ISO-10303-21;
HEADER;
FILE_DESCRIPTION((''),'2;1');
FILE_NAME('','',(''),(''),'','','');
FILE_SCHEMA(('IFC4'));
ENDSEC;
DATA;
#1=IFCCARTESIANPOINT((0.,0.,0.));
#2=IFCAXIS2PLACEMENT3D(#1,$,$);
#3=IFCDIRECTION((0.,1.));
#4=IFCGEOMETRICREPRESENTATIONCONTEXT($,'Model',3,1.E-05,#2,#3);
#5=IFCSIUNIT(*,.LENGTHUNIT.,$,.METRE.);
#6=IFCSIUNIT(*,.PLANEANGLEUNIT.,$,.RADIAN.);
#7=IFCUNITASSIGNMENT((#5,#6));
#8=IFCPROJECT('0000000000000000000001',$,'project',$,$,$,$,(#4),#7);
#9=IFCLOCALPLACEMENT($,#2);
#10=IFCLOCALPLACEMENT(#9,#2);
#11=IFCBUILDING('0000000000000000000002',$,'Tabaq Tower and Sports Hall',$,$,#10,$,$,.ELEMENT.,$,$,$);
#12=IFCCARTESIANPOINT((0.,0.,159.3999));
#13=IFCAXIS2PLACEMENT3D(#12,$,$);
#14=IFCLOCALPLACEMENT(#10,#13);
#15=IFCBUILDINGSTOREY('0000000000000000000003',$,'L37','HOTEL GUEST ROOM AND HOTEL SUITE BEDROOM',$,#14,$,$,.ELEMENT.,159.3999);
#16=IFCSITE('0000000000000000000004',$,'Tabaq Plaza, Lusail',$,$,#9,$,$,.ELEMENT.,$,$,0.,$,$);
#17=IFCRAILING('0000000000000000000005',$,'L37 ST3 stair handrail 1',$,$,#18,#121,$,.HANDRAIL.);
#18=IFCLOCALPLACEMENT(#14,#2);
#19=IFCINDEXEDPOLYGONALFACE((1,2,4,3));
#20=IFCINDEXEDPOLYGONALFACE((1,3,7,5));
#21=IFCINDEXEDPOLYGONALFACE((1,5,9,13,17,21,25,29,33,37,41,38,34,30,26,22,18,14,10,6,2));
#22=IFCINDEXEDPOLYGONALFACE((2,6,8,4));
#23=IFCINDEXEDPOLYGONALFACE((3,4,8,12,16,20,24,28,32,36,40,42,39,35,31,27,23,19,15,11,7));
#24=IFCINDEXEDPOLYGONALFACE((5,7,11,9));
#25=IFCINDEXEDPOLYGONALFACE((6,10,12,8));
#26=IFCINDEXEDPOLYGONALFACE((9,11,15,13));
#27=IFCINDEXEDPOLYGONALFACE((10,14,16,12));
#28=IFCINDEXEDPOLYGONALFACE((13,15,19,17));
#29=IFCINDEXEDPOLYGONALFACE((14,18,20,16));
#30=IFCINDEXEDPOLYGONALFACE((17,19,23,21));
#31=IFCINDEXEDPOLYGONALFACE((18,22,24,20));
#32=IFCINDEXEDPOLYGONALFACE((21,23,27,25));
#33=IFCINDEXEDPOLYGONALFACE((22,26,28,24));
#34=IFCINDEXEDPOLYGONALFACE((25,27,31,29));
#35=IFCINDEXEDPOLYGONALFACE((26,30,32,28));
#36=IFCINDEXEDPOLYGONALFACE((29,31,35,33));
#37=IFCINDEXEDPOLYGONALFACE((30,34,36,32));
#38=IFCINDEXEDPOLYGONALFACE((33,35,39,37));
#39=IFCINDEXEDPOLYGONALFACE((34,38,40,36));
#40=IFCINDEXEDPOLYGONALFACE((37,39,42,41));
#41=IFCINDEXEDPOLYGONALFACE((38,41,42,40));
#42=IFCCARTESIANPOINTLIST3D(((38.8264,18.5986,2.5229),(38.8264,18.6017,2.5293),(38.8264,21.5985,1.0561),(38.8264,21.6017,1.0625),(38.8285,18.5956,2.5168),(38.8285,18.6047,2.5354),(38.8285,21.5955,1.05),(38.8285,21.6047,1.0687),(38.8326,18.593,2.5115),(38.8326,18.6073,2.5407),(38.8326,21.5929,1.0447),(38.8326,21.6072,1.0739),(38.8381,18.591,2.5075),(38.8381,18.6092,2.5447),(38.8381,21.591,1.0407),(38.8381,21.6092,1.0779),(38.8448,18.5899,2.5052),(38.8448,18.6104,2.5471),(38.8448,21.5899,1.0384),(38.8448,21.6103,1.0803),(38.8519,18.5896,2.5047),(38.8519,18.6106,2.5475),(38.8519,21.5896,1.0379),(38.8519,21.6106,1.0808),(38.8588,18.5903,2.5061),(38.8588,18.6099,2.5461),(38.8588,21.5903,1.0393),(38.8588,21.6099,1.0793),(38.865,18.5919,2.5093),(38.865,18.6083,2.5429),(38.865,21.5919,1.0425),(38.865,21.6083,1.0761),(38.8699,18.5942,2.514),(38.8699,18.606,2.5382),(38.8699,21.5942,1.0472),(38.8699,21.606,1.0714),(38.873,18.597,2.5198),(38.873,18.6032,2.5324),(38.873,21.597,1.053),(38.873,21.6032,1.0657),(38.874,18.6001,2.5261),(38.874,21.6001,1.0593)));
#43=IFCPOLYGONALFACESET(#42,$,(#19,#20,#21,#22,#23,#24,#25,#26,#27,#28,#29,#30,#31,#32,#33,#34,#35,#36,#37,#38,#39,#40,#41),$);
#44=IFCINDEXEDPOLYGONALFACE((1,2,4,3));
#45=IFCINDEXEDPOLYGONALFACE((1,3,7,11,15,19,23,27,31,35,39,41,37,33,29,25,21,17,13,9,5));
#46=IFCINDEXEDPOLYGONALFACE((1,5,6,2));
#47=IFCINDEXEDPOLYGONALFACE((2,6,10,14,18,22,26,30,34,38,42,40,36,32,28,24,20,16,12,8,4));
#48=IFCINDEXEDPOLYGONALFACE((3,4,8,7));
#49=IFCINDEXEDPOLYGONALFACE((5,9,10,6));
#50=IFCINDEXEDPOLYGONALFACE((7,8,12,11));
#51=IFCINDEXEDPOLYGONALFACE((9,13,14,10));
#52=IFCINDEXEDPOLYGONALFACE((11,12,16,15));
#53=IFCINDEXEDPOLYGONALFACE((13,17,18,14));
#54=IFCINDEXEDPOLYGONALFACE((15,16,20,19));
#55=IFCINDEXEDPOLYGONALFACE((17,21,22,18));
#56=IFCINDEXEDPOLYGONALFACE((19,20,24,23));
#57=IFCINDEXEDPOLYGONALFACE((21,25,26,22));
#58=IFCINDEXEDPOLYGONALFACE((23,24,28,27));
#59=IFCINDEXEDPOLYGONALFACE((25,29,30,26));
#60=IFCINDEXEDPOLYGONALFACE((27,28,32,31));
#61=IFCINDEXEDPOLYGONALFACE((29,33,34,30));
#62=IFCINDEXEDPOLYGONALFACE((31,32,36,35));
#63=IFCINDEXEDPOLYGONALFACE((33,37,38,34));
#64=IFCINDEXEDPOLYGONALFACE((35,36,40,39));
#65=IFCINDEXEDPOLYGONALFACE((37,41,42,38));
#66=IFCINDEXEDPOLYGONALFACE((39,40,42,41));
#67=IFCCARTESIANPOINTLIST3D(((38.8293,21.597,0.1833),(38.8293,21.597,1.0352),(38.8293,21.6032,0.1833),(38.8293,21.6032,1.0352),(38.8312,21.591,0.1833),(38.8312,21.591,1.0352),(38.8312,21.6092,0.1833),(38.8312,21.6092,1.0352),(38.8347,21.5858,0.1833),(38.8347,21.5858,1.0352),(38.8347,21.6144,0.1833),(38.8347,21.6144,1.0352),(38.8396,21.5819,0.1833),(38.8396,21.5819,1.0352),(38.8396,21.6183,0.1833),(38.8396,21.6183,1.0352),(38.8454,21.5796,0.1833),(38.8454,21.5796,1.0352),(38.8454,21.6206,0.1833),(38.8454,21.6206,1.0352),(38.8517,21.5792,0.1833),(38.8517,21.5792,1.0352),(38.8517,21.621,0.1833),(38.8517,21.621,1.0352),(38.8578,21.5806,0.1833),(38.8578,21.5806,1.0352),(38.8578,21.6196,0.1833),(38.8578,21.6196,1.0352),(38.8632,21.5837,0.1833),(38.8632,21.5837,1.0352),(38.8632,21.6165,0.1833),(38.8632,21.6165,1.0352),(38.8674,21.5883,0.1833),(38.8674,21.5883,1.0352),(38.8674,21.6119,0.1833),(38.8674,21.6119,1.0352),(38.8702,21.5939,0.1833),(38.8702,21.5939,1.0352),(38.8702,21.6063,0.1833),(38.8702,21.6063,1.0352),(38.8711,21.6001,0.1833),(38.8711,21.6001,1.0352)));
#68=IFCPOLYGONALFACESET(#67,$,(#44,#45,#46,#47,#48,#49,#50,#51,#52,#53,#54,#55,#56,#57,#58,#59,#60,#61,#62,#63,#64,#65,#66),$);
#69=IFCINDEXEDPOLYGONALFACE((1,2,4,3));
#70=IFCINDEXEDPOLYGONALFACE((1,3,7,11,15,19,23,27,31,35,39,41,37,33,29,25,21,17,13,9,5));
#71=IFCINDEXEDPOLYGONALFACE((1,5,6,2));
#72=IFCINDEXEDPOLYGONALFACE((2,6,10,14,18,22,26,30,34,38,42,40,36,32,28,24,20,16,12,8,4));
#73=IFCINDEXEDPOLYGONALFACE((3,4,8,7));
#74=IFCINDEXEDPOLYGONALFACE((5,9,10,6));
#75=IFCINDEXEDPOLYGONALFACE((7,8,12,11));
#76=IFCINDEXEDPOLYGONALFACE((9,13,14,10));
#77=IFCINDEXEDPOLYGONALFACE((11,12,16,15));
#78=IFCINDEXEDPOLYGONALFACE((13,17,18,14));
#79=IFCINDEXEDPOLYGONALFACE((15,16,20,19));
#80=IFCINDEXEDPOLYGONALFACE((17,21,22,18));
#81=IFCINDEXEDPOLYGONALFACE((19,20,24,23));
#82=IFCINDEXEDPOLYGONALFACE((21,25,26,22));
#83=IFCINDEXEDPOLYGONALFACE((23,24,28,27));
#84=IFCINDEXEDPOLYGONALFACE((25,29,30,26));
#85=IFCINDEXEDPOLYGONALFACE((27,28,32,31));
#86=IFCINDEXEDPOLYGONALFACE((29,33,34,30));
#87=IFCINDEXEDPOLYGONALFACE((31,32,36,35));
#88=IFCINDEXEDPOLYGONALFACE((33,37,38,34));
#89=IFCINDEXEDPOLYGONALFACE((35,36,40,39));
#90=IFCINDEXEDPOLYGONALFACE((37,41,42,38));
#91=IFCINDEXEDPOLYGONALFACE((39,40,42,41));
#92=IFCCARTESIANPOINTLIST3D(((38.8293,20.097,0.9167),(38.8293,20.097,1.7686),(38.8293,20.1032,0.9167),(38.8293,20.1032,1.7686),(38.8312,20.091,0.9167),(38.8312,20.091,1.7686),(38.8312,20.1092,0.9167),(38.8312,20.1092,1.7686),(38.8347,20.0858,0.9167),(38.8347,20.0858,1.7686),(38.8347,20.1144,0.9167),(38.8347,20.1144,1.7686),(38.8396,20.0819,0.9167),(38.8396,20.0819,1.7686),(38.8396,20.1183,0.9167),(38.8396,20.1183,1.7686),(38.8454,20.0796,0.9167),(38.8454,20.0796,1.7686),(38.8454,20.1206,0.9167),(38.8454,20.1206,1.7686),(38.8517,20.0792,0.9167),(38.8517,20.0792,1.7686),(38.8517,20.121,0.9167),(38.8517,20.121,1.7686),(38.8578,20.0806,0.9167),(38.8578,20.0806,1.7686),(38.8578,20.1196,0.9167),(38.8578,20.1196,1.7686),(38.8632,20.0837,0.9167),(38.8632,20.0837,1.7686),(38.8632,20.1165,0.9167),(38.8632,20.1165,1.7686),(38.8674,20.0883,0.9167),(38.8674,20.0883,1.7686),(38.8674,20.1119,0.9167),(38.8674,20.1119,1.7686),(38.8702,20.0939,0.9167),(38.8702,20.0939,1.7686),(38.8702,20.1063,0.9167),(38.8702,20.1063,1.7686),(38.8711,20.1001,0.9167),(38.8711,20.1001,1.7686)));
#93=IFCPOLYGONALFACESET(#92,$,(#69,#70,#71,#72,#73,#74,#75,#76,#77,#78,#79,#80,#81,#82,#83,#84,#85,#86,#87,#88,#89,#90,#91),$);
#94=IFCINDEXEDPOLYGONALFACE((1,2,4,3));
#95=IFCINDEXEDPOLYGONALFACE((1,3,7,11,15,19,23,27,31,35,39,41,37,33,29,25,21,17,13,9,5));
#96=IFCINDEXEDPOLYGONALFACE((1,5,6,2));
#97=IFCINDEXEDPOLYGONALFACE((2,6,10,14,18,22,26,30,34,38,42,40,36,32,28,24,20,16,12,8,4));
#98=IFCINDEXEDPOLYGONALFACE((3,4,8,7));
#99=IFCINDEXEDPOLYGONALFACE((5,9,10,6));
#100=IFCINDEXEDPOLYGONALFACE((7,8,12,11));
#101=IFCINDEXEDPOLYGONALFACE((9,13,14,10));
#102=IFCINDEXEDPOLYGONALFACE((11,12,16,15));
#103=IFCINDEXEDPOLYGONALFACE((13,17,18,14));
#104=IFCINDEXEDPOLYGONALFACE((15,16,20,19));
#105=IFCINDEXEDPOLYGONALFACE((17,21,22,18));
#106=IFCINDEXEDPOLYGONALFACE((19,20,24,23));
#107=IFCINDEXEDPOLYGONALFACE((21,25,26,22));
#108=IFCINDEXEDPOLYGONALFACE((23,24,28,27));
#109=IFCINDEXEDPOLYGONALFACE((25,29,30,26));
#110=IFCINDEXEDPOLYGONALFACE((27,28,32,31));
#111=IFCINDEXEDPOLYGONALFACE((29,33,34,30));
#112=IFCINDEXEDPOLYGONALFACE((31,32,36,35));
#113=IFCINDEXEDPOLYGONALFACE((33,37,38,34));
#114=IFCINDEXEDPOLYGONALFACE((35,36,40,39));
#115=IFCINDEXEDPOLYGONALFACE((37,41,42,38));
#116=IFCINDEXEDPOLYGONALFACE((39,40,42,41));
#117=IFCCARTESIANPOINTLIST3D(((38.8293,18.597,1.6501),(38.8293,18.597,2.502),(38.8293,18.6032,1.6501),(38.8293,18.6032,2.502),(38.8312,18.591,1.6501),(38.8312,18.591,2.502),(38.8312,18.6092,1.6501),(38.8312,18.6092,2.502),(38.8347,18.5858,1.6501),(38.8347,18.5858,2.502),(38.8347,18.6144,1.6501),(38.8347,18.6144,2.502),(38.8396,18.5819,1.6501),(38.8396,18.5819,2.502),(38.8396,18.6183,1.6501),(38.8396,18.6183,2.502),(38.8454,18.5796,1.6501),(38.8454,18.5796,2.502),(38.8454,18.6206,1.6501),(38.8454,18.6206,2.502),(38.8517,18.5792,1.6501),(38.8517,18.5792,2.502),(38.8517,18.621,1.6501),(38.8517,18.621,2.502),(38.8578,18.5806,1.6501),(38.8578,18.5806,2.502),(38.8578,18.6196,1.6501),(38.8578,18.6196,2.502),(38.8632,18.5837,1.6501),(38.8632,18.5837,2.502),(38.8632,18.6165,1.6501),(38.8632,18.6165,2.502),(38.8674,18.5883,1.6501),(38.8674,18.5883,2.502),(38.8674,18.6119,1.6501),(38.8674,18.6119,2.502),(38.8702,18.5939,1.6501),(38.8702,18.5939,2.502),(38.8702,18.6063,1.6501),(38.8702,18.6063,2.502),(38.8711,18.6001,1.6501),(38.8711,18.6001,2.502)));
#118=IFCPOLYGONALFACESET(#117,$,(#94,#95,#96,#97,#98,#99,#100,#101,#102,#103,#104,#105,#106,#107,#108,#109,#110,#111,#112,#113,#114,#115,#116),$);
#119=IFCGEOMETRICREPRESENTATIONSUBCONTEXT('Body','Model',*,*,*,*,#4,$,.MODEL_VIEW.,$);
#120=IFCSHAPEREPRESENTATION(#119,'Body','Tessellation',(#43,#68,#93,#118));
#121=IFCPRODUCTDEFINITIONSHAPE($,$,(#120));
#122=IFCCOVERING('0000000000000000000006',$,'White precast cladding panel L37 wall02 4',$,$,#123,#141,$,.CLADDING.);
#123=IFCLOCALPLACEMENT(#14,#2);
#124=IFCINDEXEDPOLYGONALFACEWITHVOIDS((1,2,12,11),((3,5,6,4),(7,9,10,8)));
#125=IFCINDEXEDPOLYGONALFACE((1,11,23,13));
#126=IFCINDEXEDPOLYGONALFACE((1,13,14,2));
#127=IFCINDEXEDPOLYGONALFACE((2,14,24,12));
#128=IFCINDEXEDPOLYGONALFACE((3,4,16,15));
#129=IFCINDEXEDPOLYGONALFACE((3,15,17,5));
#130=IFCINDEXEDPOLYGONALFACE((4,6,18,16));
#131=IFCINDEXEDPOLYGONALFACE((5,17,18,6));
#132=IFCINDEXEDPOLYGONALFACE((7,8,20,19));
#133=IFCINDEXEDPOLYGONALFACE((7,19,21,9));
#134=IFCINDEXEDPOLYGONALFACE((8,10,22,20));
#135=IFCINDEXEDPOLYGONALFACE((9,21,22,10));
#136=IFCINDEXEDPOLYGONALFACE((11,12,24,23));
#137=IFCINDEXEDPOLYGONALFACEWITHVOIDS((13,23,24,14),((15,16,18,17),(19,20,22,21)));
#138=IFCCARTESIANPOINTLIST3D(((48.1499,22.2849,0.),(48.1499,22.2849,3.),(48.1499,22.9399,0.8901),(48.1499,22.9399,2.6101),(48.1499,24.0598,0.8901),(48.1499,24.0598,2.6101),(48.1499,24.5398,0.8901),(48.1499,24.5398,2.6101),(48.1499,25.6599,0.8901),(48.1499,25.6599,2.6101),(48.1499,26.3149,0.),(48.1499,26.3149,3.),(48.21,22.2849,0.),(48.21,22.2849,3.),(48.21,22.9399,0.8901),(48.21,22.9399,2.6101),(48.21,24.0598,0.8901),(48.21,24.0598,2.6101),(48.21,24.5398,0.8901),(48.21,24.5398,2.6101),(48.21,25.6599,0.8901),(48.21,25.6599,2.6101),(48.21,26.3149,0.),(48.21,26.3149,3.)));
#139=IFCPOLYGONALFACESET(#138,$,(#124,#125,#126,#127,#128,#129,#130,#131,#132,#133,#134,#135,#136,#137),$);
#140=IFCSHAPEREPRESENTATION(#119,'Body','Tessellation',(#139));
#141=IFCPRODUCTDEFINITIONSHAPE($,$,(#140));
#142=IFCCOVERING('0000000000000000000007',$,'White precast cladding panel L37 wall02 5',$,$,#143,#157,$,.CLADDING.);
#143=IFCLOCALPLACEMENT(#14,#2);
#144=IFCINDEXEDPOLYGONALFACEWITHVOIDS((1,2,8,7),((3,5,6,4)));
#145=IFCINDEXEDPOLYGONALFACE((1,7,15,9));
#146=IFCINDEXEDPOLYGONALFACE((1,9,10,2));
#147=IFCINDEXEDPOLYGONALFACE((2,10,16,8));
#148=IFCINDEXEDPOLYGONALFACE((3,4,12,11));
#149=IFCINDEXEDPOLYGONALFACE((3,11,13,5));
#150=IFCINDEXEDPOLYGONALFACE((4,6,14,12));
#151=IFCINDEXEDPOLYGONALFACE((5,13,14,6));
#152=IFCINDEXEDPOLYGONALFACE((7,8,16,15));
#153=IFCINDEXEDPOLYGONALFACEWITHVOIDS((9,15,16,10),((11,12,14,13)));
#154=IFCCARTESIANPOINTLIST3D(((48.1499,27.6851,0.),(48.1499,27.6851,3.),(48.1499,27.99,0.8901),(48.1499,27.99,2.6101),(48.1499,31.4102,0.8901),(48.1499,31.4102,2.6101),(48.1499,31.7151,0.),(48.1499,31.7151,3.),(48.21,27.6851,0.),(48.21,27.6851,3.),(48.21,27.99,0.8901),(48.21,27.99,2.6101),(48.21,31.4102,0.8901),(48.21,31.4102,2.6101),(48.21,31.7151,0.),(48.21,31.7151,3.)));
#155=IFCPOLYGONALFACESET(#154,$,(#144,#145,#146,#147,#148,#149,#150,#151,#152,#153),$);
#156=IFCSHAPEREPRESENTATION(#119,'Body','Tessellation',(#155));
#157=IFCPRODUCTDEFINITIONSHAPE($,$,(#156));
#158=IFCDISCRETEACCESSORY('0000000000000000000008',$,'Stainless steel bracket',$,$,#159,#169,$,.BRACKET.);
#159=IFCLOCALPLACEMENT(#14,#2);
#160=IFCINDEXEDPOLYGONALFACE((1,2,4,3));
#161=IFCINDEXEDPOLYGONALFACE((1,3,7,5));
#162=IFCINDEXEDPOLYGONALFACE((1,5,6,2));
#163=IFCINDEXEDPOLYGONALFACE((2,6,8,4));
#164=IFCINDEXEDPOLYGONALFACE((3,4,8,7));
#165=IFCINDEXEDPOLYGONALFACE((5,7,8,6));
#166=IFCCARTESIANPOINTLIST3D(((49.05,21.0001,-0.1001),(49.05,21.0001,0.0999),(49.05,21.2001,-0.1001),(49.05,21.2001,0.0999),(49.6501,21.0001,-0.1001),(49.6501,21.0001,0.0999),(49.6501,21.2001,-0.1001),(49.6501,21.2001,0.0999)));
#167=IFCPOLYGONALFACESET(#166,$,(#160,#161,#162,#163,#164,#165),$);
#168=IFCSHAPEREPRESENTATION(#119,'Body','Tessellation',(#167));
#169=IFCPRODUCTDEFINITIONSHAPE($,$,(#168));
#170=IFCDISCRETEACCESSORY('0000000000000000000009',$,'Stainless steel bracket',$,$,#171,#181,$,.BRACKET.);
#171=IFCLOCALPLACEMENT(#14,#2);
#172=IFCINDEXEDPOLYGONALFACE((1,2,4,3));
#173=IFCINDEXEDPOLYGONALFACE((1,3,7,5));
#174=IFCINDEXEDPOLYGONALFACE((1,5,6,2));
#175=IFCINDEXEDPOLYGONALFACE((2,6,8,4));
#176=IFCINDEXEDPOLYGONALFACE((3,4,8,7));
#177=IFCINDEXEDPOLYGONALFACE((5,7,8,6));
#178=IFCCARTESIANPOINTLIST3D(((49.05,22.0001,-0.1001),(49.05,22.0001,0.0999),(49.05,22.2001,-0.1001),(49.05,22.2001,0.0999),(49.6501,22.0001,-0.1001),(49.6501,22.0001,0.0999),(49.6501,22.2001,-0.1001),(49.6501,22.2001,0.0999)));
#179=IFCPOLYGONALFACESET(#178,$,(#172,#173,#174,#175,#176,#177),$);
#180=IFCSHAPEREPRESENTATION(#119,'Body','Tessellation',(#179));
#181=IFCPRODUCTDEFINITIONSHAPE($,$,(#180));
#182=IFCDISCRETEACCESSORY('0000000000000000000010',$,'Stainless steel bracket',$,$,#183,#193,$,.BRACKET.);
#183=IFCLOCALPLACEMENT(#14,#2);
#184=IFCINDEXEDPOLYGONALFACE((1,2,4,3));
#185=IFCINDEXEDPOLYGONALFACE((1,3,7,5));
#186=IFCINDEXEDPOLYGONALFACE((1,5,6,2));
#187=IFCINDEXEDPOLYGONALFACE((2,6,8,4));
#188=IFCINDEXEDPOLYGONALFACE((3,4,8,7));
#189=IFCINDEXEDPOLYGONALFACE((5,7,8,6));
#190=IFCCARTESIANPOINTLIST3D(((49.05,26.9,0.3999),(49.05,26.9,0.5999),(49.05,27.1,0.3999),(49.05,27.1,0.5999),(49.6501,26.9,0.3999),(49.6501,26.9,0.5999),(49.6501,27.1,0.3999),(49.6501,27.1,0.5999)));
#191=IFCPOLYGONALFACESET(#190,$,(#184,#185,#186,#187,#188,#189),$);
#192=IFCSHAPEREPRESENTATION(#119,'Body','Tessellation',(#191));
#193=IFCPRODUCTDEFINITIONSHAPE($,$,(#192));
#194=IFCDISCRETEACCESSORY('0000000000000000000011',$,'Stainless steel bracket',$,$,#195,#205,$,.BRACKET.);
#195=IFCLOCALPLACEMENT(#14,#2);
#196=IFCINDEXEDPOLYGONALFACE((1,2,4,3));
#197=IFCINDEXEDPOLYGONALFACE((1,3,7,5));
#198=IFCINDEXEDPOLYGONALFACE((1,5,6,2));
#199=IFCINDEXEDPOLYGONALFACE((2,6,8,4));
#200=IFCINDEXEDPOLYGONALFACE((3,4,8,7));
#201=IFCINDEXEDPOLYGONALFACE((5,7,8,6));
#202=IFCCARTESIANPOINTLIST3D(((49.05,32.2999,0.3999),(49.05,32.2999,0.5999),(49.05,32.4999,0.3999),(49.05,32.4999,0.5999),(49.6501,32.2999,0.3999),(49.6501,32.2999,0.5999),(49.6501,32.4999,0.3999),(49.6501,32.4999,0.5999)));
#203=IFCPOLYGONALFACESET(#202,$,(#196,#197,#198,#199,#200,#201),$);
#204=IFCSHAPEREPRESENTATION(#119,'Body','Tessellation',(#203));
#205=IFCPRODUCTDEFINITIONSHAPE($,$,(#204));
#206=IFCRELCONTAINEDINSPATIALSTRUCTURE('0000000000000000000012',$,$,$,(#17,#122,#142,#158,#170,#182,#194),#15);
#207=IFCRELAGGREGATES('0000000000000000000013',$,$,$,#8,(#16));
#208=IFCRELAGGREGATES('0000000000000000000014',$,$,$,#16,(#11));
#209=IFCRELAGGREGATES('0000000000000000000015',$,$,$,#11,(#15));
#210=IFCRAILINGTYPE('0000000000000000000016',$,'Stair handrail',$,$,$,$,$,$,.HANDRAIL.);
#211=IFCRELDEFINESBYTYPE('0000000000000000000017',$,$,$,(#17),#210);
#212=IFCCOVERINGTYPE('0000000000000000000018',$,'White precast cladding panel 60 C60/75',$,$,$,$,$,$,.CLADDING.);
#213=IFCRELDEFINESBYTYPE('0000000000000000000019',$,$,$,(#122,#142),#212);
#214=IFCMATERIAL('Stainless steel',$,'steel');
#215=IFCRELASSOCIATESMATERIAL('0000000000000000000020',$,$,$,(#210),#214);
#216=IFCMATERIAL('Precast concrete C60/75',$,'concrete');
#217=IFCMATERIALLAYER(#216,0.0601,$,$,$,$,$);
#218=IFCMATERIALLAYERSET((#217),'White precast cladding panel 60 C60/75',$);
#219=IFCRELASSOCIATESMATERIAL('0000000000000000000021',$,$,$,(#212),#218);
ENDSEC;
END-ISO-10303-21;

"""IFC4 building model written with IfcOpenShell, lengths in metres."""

from ifc_helpers import new_model, si_unit, direction, frame, origin, origin_2d, place, context, subcontext, project, spatial, polyline, rectangle, circle, outline, extrude, material, layer, layer_set, type_object, element, save


model = new_model("IFC4")

# Units and contexts
model_context = context("Model", 3, precision=1e-05, world=origin(), true_north=direction((0.0, 1.0)))
body_context = subcontext(model_context, "Body", "Model", "MODEL_VIEW")
ifc_project = project(units=[si_unit("LENGTHUNIT", "METRE"), si_unit("PLANEANGLEUNIT", "RADIAN")], contexts=[model_context])

# Site, building, storey
site_placement = place(None, origin())
site = spatial("IfcSite", under=ifc_project, at=site_placement, Name="Tabaq Plaza, Lusail", CompositionType="ELEMENT", RefElevation=0.0)
building_placement = place(site_placement, origin())
building = spatial("IfcBuilding", under=site, at=building_placement, Name="Tabaq Tower and Sports Hall", CompositionType="ELEMENT")
storey_placement = place(building_placement, frame((0.0, 0.0, 159.3999)))
storey = spatial("IfcBuildingStorey", under=building, at=storey_placement, Name="L37", Description="HOTEL GUEST ROOM AND HOTEL SUITE BEDROOM", CompositionType="ELEMENT", Elevation=159.3999)

# Railing
ifc_material_1 = material(Name="Stainless steel", Category="steel")
railing_type_1 = type_object("IfcRailingType", Name="Stair handrail", PredefinedType="HANDRAIL", material=ifc_material_1)
railing_1_placement = place(storey_placement, frame((38.8501, 21.6001, 0.1833)))
element("IfcRailing", 1, at=railing_1_placement, inside=storey, type_object=railing_type_1, Name="L37 ST3 stair handrail 1", PredefinedType="HANDRAIL", context=body_context, shape_type="SweptSolid", body=[
    extrude(circle(Radius=0.0239, at=origin_2d()), frame((0.0, 0.0, 0.876), z_axis=(0.0, -0.898369, 0.439242), x_axis=(1.0, 0.0, 0.0)), (0.0, 0.0, 1.0), 3.3394),
    extrude(circle(Radius=0.021, at=origin_2d()), origin(), (0.0, 0.0, 1.0), 0.8518),
    extrude(circle(Radius=0.021, at=origin_2d()), frame((0.0, -1.5, 0.7334)), (0.0, 0.0, 1.0), 0.8518),
    extrude(circle(Radius=0.021, at=origin_2d()), frame((0.0, -3.0, 1.4668)), (0.0, 0.0, 1.0), 0.8518),
])

# Coverings
ifc_material_2 = material(Name="Precast concrete C60/75", Category="concrete")
ifc_layer_1 = layer(ifc_material_2, 0.0601)
ifc_layer_set_1 = layer_set([ifc_layer_1], Name="White precast cladding panel 60 C60/75")
covering_type_1 = type_object("IfcCoveringType", Name="White precast cladding panel 60 C60/75", PredefinedType="CLADDING", material=ifc_layer_set_1)
covering_1_placement = place(storey_placement, frame((48.1799, 22.2849, 0.0), z_axis=(0.0, 0.0, 1.0), x_axis=(0.0, 1.0, 0.0)))
element("IfcCovering", 2, at=covering_1_placement, inside=storey, type_object=covering_type_1, Name="White precast cladding panel L37 wall02 4", PredefinedType="CLADDING", context=body_context, shape_type="SweptSolid", body=[
    extrude(outline(polyline([(0.0, 0.0), (4.03, 0.0), (4.03, 3.0), (0.0, 3.0), (0.0, 0.0)]), holes=[polyline([(0.655, 2.6101), (1.7749, 2.6101), (1.7749, 0.8901), (0.655, 0.8901), (0.655, 2.6101)]), polyline([(2.2549, 2.6101), (3.375, 2.6101), (3.375, 0.8901), (2.2549, 0.8901), (2.2549, 2.6101)])]), frame((0.0, 0.03, 0.0), z_axis=(0.0, -1.0, 0.0), x_axis=(1.0, 0.0, 0.0)), (0.0, 0.0, 1.0), 0.0601),
])
covering_2_placement = place(storey_placement, frame((48.1799, 27.6851, 0.0), z_axis=(0.0, 0.0, 1.0), x_axis=(0.0, 1.0, 0.0)))
element("IfcCovering", 3, at=covering_2_placement, inside=storey, type_object=covering_type_1, Name="White precast cladding panel L37 wall02 5", PredefinedType="CLADDING", context=body_context, shape_type="SweptSolid", body=[
    extrude(outline(polyline([(0.0, 0.0), (4.03, 0.0), (4.03, 3.0), (0.0, 3.0), (0.0, 0.0)]), holes=[polyline([(0.3049, 0.8901), (0.3049, 2.6101), (3.7251, 2.6101), (3.7251, 0.8901), (0.3049, 0.8901)])]), frame((0.0, 0.03, 0.0), z_axis=(0.0, -1.0, 0.0), x_axis=(1.0, 0.0, 0.0)), (0.0, 0.0, 1.0), 0.0601),
])

# Discrete accessories
for number, where, z_axis, x_axis, name in (
    (4, (49.3501, 21.1001, -0.1001), (0.0, 0.0, 1.0), (1.0, 0.0, 0.0), "Stainless steel bracket"),
    (5, (49.3501, 22.1001, -0.1001), (0.0, 0.0, 1.0), (1.0, 0.0, 0.0), "Stainless steel bracket"),
    (6, (49.3501, 27.0, 0.3999), (0.0, 0.0, 1.0), (1.0, 0.0, 0.0), "Stainless steel bracket"),
    (7, (49.3501, 32.3999, 0.3999), (0.0, 0.0, 1.0), (1.0, 0.0, 0.0), "Stainless steel bracket"),
):
    element("IfcDiscreteAccessory", number, at=place(storey_placement, frame(where, z_axis=z_axis, x_axis=x_axis)), inside=storey, Name=name, PredefinedType="BRACKET", context=body_context, shape_type="SweptSolid", body=[
        extrude(rectangle(XDim=0.6001, YDim=0.2, at=origin_2d()), origin(), (0.0, 0.0, 1.0), 0.2),
    ])

save(model, "model.ifc")
